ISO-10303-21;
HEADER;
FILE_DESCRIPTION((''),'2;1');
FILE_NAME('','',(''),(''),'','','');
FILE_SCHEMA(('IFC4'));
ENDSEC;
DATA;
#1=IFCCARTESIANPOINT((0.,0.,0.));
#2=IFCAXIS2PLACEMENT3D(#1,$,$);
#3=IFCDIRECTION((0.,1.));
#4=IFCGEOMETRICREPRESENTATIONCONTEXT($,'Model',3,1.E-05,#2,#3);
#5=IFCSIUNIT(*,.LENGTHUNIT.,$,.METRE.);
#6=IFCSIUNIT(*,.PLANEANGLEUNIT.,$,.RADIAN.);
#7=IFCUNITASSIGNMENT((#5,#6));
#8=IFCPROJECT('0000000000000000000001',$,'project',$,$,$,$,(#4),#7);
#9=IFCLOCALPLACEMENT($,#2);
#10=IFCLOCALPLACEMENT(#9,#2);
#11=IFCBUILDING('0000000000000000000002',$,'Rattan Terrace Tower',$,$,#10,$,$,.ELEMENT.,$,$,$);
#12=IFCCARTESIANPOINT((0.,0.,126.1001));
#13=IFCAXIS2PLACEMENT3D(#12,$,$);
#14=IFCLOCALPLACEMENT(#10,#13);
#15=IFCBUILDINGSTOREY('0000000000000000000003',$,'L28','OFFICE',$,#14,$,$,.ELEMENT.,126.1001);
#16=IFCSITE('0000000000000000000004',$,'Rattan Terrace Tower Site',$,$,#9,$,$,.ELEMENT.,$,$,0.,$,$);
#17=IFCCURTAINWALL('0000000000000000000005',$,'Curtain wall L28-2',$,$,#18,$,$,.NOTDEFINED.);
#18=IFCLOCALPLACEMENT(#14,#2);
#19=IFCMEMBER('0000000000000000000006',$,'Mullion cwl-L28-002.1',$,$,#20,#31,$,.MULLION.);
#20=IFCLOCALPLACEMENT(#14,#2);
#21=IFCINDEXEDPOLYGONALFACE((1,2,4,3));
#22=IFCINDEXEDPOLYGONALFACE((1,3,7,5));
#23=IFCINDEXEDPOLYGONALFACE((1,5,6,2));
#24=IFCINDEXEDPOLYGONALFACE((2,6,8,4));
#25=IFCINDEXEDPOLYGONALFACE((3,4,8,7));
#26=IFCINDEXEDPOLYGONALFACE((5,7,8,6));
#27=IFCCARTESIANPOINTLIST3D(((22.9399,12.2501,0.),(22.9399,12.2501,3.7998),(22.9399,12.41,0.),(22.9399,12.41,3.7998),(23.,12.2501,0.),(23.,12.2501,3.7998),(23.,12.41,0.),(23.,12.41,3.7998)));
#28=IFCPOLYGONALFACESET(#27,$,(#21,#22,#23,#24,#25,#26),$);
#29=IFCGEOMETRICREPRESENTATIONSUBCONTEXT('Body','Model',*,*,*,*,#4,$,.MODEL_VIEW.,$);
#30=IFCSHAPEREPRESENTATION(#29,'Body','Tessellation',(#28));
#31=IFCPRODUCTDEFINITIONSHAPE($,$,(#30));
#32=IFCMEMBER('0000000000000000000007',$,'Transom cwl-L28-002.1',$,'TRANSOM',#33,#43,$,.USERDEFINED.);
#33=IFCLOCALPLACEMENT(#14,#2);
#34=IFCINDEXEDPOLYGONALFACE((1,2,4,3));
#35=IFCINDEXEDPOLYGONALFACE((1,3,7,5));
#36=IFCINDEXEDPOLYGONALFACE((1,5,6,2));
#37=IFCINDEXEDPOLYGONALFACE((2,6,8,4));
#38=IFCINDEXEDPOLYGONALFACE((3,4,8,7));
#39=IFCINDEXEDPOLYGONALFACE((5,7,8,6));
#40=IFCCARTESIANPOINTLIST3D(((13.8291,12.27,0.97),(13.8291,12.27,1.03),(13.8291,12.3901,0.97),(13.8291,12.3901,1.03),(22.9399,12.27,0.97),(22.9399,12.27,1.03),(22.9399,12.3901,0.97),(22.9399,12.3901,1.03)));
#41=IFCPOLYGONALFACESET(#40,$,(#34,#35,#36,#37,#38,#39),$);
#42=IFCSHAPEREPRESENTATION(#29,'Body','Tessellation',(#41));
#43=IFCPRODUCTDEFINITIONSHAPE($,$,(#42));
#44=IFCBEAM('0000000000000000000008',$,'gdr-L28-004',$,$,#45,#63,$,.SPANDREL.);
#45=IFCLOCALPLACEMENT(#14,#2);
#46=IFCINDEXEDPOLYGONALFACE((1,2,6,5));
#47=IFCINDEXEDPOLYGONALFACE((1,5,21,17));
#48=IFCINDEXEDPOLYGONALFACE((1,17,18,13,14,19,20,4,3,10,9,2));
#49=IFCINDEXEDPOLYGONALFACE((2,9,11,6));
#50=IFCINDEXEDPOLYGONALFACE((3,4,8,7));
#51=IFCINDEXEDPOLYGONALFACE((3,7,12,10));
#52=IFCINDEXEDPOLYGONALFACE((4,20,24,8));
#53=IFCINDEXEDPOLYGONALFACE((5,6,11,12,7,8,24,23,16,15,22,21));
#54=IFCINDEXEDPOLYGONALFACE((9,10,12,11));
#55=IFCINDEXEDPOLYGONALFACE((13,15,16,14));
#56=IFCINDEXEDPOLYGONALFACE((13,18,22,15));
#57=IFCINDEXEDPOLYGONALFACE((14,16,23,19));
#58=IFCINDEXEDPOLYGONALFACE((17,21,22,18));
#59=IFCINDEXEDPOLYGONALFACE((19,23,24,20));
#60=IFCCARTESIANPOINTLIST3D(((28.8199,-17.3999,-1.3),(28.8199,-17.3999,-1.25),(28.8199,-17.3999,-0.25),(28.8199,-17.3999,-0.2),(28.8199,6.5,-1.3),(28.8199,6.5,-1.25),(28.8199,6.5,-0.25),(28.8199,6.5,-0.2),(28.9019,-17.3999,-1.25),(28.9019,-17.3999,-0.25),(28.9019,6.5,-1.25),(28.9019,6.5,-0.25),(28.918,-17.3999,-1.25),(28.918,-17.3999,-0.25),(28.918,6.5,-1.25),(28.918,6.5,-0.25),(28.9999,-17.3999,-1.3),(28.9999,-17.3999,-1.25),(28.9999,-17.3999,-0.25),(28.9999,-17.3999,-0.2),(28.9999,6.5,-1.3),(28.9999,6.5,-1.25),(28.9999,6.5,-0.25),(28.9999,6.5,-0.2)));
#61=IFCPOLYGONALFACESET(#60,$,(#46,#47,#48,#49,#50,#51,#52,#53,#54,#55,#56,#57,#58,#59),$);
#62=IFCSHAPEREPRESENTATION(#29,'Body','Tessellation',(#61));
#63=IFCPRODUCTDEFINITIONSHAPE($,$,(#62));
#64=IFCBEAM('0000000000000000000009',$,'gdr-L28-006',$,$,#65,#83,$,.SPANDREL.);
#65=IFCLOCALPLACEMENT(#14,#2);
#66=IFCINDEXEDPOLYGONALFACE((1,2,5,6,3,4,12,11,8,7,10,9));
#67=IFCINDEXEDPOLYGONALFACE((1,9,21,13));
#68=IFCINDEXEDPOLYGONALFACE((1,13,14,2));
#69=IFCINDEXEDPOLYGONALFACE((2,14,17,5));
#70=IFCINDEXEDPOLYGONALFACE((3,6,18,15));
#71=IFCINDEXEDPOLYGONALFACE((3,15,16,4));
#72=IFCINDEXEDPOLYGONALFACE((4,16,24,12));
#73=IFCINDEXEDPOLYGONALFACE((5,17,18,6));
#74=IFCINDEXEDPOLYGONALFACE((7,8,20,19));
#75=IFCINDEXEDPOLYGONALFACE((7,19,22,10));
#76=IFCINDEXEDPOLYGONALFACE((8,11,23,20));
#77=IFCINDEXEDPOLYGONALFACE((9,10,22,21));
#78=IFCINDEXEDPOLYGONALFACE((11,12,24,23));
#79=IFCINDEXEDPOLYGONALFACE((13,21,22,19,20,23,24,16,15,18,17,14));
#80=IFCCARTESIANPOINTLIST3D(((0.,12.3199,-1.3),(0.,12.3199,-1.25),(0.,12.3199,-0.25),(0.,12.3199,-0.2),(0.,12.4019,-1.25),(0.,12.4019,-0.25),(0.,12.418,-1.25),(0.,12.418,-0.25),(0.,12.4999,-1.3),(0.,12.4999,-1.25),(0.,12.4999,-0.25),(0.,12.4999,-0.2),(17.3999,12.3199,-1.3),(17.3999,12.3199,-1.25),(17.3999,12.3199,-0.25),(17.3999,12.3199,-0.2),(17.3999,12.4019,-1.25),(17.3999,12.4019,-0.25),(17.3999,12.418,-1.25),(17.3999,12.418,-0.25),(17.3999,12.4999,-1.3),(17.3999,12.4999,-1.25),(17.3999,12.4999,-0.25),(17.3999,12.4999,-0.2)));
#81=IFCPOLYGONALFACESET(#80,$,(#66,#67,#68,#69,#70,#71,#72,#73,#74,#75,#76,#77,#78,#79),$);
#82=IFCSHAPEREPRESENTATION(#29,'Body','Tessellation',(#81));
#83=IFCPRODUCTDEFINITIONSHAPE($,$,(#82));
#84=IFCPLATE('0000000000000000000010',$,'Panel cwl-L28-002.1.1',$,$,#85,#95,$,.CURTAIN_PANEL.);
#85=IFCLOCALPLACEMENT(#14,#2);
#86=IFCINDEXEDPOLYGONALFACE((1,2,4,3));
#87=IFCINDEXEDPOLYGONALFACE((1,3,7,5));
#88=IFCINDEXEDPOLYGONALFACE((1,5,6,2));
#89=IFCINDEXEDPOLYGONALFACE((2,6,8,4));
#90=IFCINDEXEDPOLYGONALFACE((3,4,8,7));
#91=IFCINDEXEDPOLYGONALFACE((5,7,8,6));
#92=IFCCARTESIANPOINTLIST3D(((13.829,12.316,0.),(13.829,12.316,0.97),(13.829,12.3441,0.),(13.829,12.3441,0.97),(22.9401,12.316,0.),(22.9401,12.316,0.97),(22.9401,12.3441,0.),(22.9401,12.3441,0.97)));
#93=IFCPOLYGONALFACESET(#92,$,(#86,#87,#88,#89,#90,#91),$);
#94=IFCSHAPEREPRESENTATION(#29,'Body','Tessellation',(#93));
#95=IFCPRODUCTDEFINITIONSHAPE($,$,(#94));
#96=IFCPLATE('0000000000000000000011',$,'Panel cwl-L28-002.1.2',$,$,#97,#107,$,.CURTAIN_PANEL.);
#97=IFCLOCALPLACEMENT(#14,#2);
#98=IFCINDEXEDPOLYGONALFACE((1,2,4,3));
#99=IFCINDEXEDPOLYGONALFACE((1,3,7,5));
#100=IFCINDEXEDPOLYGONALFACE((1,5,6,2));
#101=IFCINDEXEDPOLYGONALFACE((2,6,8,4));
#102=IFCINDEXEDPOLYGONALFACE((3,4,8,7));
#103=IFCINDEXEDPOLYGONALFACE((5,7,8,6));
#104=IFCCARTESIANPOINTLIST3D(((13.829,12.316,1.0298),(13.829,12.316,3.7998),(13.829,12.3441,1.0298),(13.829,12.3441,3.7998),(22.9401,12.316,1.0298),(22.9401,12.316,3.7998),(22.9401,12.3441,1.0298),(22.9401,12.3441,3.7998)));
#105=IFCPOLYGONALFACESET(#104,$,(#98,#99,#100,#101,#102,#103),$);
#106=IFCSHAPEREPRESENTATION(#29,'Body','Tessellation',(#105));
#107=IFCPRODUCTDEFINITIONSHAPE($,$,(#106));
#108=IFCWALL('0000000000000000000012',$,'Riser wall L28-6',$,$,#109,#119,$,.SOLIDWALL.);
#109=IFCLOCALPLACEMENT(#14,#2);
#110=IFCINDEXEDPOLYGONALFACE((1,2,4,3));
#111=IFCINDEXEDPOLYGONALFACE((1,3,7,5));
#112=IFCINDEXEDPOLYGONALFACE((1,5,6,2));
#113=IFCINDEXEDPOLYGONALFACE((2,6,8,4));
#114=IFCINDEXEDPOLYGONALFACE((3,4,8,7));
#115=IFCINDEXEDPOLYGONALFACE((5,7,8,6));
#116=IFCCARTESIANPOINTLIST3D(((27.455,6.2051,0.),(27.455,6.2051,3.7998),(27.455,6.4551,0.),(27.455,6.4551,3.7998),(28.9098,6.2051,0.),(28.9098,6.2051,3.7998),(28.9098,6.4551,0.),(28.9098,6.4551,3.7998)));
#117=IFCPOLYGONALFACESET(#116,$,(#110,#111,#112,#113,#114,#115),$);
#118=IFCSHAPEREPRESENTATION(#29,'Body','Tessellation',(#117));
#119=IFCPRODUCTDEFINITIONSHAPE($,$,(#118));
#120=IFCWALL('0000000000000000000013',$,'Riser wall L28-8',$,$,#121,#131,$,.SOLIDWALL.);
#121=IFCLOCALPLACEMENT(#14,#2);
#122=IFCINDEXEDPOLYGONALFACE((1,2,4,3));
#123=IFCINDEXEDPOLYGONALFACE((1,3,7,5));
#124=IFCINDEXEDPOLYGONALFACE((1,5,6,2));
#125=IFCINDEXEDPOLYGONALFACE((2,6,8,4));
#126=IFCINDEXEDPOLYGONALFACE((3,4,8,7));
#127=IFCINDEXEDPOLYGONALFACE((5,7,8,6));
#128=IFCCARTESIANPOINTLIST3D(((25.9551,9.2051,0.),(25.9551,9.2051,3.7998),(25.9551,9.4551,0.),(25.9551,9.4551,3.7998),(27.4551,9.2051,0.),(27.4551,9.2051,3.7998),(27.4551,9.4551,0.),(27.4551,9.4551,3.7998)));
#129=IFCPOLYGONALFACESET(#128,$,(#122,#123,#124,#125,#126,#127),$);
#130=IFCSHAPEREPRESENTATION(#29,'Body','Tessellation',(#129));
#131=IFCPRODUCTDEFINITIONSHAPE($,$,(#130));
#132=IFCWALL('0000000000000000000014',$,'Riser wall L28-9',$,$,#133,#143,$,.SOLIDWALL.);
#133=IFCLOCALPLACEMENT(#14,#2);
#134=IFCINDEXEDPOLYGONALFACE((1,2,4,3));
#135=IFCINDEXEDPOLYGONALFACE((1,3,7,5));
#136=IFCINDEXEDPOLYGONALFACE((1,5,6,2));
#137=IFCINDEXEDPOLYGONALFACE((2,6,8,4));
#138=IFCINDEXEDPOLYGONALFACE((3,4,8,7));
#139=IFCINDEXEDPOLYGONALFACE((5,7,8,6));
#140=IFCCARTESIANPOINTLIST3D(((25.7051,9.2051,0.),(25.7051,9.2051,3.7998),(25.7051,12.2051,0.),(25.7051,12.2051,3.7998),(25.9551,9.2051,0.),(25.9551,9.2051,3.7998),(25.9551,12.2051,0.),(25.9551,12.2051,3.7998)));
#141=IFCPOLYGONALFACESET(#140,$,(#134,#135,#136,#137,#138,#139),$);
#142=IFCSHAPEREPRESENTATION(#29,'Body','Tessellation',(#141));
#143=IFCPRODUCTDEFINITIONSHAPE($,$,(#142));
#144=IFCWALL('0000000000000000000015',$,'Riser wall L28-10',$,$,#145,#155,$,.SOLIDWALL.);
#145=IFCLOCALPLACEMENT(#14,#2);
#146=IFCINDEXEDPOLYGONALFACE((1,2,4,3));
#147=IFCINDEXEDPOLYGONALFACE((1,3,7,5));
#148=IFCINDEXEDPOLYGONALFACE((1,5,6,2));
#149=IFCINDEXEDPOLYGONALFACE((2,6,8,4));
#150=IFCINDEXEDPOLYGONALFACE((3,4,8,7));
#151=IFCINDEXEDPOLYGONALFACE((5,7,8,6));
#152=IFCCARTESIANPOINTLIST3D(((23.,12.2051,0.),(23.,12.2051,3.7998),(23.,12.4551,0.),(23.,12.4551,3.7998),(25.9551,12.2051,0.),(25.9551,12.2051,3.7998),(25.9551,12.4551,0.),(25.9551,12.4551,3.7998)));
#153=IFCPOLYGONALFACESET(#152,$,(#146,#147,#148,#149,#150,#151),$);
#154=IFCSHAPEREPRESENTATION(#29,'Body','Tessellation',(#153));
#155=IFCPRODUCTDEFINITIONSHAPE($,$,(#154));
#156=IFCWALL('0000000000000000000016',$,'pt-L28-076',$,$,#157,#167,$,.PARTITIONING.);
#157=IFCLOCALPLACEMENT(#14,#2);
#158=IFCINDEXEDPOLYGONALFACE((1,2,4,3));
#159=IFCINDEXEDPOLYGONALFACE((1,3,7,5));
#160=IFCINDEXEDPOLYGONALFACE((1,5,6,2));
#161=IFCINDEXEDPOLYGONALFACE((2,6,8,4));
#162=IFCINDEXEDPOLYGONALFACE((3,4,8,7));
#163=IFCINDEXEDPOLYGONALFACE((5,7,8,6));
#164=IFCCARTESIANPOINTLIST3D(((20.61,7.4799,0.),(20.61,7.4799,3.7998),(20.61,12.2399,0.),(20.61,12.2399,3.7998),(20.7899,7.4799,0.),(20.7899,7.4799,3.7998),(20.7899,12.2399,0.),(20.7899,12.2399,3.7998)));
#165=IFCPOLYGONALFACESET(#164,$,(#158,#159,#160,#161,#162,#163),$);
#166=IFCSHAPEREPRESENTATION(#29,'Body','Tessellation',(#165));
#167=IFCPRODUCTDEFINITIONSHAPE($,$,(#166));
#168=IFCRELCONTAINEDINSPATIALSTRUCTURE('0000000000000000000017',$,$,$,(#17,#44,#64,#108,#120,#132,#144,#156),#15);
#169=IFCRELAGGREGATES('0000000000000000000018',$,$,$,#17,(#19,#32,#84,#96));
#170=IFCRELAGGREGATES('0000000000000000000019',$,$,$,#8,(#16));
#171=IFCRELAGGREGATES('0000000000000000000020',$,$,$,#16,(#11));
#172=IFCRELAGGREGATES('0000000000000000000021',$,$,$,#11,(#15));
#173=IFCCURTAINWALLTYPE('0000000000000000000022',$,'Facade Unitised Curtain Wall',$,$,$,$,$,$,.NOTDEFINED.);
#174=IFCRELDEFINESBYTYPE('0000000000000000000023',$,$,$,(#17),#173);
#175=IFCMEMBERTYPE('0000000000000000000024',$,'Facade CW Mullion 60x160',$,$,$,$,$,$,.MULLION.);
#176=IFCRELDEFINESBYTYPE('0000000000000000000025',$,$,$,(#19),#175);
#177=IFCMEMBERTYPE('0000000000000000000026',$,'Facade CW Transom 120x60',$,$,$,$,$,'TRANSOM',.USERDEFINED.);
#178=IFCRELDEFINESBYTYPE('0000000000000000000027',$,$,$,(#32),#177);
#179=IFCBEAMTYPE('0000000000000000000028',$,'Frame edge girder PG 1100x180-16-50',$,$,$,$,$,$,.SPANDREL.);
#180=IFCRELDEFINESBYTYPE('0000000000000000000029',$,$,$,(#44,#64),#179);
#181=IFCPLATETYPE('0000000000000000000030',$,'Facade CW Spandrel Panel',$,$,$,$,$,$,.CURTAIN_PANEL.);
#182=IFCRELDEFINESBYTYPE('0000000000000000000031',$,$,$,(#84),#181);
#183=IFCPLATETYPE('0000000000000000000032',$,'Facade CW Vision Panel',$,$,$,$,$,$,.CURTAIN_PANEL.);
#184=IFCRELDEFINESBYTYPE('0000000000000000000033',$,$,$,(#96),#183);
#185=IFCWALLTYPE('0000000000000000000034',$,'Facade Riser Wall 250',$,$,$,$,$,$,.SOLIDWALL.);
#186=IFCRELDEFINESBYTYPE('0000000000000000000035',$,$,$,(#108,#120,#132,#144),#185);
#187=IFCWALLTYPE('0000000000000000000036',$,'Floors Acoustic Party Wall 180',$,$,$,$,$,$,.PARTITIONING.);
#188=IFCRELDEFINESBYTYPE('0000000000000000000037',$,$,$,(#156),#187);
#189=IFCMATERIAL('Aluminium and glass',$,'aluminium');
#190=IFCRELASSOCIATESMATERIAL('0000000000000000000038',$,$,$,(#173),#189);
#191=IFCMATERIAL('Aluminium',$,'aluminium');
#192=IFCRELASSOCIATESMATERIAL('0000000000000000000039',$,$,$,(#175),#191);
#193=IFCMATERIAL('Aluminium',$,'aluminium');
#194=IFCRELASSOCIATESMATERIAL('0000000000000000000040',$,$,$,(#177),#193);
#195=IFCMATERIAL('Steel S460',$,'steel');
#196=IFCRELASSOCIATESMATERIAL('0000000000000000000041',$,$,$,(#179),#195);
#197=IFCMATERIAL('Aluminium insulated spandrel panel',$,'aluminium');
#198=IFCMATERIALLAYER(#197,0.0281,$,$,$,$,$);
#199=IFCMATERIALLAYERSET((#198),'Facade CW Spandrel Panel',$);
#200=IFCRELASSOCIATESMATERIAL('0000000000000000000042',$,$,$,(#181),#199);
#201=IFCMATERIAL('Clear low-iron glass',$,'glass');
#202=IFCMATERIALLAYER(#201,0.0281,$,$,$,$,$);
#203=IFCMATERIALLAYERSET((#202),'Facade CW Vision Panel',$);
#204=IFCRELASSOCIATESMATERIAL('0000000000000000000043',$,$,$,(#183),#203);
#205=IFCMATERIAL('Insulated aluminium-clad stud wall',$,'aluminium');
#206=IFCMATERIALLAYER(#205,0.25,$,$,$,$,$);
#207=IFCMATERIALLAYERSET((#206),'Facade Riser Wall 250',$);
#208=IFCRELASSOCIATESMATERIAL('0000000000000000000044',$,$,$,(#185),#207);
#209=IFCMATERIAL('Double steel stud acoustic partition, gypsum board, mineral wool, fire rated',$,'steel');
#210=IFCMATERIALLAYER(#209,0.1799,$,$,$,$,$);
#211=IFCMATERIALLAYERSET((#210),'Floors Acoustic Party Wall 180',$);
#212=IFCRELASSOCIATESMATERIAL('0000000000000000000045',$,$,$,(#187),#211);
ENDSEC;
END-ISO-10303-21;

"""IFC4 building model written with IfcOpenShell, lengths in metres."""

from ifc_helpers import new_model, si_unit, direction, frame, frame_2d, origin, origin_2d, place, context, subcontext, project, spatial, rectangle, i_section, extrude, material, layer, layer_set, material_profile, profile_set, type_object, element, aggregate, save


model = new_model("IFC4")

# Units and contexts
model_context = context("Model", 3, precision=1e-05, world=origin(), true_north=direction((0.0, 1.0)))
body_context = subcontext(model_context, "Body", "Model", "MODEL_VIEW")
ifc_project = project(units=[si_unit("LENGTHUNIT", "METRE"), si_unit("PLANEANGLEUNIT", "RADIAN")], contexts=[model_context])

# Site, building, storey
site_placement = place(None, origin())
site = spatial("IfcSite", under=ifc_project, at=site_placement, Name="Rattan Terrace Tower Site", CompositionType="ELEMENT", RefElevation=0.0)
building_placement = place(site_placement, origin())
building = spatial("IfcBuilding", under=site, at=building_placement, Name="Rattan Terrace Tower", CompositionType="ELEMENT")
storey_placement = place(building_placement, frame((0.0, 0.0, 126.1001)))
storey = spatial("IfcBuildingStorey", under=building, at=storey_placement, Name="L28", Description="OFFICE", CompositionType="ELEMENT", Elevation=126.1001)

# Curtain wall, members
ifc_material_1 = material(Name="Aluminium and glass", Category="aluminium")
curtain_wall_type = type_object("IfcCurtainWallType", Name="Facade Unitised Curtain Wall", PredefinedType="NOTDEFINED", material=ifc_material_1)
curtain_wall_placement = place(storey_placement, origin())
curtain_wall = element("IfcCurtainWall", 1, at=curtain_wall_placement, inside=storey, type_object=curtain_wall_type, Name="Curtain wall L28-2", PredefinedType="NOTDEFINED")
ifc_material_2 = material(Name="Aluminium", Category="aluminium")
ifc_material_profile_1 = material_profile(ifc_material_2, rectangle(XDim=0.0601, YDim=0.1599, at=origin_2d()), Name="Aluminium 60x160")
ifc_profile_set_1 = profile_set([ifc_material_profile_1], Name="Aluminium")
member_type_1 = type_object("IfcMemberType", Name="Facade CW Mullion 60x160", PredefinedType="MULLION", material=ifc_profile_set_1)
member_1_placement = place(storey_placement, frame((22.97, 12.3301, 0.0), z_axis=(0.0, 0.0, 1.0), x_axis=(-1.0, 0.0, 0.0)))
member_1 = element("IfcMember", 2, at=member_1_placement, type_object=member_type_1, Name="Mullion cwl-L28-002.1", PredefinedType="MULLION", context=body_context, shape_type="SweptSolid", body=[
    extrude(rectangle(XDim=0.0601, YDim=0.1599, at=origin_2d()), origin(), (0.0, 0.0, 1.0), 3.7998),
])
ifc_material_3 = material(Name="Aluminium", Category="aluminium")
ifc_material_profile_2 = material_profile(ifc_material_3, rectangle(XDim=0.1201, YDim=0.0601, at=origin_2d()), Name="Aluminium 120x60")
ifc_profile_set_2 = profile_set([ifc_material_profile_2], Name="Aluminium")
member_type_2 = type_object("IfcMemberType", Name="Facade CW Transom 120x60", ElementType="TRANSOM", PredefinedType="USERDEFINED", material=ifc_profile_set_2)
member_2_placement = place(storey_placement, frame((22.9399, 12.3301, 1.0), z_axis=(-1.0, 0.0, 0.0), x_axis=(0.0, -1.0, 0.0)))
member_2 = element("IfcMember", 3, at=member_2_placement, type_object=member_type_2, Name="Transom cwl-L28-002.1", ObjectType="TRANSOM", PredefinedType="USERDEFINED", context=body_context, shape_type="SweptSolid", body=[
    extrude(rectangle(XDim=0.1201, YDim=0.0601, at=origin_2d()), origin(), (0.0, 0.0, 1.0), 9.1108),
])

# Beams
ifc_material_4 = material(Name="Steel S460", Category="steel")
ifc_material_profile_3 = material_profile(ifc_material_4, i_section(OverallWidth=0.1799, OverallDepth=1.1001, WebThickness=0.0161, FlangeThickness=0.05, at=origin_2d()), Name="PG 1100x180-16-50")
ifc_profile_set_3 = profile_set([ifc_material_profile_3], Name="Steel S460")
beam_type = type_object("IfcBeamType", Name="Frame edge girder PG 1100x180-16-50", PredefinedType="SPANDREL", material=ifc_profile_set_3)
beam_1_placement = place(storey_placement, frame((28.9099, 6.5, -0.75), z_axis=(0.0, -1.0, 0.0), x_axis=(1.0, 0.0, 0.0)))
element("IfcBeam", 4, at=beam_1_placement, inside=storey, type_object=beam_type, Name="gdr-L28-004", PredefinedType="SPANDREL", context=body_context, shape_type="SweptSolid", body=[
    extrude(i_section(OverallWidth=0.1799, OverallDepth=1.1001, WebThickness=0.0161, FlangeThickness=0.05, at=origin_2d()), origin(), (0.0, 0.0, 1.0), 23.8999),
])
beam_2_placement = place(storey_placement, frame((17.3999, 12.4099, -0.75), z_axis=(-1.0, 0.0, 0.0), x_axis=(0.0, -1.0, 0.0)))
element("IfcBeam", 5, at=beam_2_placement, inside=storey, type_object=beam_type, Name="gdr-L28-006", PredefinedType="SPANDREL", context=body_context, shape_type="SweptSolid", body=[
    extrude(i_section(OverallWidth=0.1799, OverallDepth=1.1001, WebThickness=0.0161, FlangeThickness=0.05, at=origin_2d()), origin(), (0.0, 0.0, 1.0), 17.3999),
])

# Plates
ifc_material_5 = material(Name="Aluminium insulated spandrel panel", Category="aluminium")
ifc_layer_1 = layer(ifc_material_5, 0.0281)
ifc_layer_set_1 = layer_set([ifc_layer_1], Name="Facade CW Spandrel Panel")
plate_type_1 = type_object("IfcPlateType", Name="Facade CW Spandrel Panel", PredefinedType="CURTAIN_PANEL", material=ifc_layer_set_1)
plate_1_placement = place(storey_placement, frame((18.3845, 12.3301, 0.0), z_axis=(0.0, 0.0, 1.0), x_axis=(-1.0, 0.0, 0.0)))
plate_1 = element("IfcPlate", 6, at=plate_1_placement, type_object=plate_type_1, Name="Panel cwl-L28-002.1.1", PredefinedType="CURTAIN_PANEL", context=body_context, shape_type="SweptSolid", body=[
    extrude(rectangle(XDim=9.1111, YDim=0.0281, at=origin_2d()), origin(), (0.0, 0.0, 1.0), 0.97),
])
ifc_material_6 = material(Name="Clear low-iron glass", Category="glass")
ifc_layer_2 = layer(ifc_material_6, 0.0281)
ifc_layer_set_2 = layer_set([ifc_layer_2], Name="Facade CW Vision Panel")
plate_type_2 = type_object("IfcPlateType", Name="Facade CW Vision Panel", PredefinedType="CURTAIN_PANEL", material=ifc_layer_set_2)
plate_2_placement = place(storey_placement, frame((18.3845, 12.3301, 1.0298), z_axis=(0.0, 0.0, 1.0), x_axis=(-1.0, 0.0, 0.0)))
plate_2 = element("IfcPlate", 7, at=plate_2_placement, type_object=plate_type_2, Name="Panel cwl-L28-002.1.2", PredefinedType="CURTAIN_PANEL", context=body_context, shape_type="SweptSolid", body=[
    extrude(rectangle(XDim=9.1111, YDim=0.0281, at=origin_2d()), origin(), (0.0, 0.0, 1.0), 2.77),
])
aggregate(curtain_wall, [member_1, member_2, plate_1, plate_2])

# Walls
ifc_material_7 = material(Name="Insulated aluminium-clad stud wall", Category="aluminium")
ifc_layer_3 = layer(ifc_material_7, 0.25)
ifc_layer_set_3 = layer_set([ifc_layer_3], Name="Facade Riser Wall 250")
wall_type_1 = type_object("IfcWallType", Name="Facade Riser Wall 250", PredefinedType="SOLIDWALL", material=ifc_layer_set_3)
wall_1_placement = place(storey_placement, frame((28.9099, 6.3301, 0.0), z_axis=(0.0, 0.0, 1.0), x_axis=(-1.0, 0.0, 0.0)))
element("IfcWall", 8, at=wall_1_placement, inside=storey, type_object=wall_type_1, Name="Riser wall L28-6", PredefinedType="SOLIDWALL", context=body_context, shape_type="SweptSolid", body=[
    extrude(rectangle(XDim=1.4548, YDim=0.25, at=frame_2d((0.7275, 0.0))), origin(), (0.0, 0.0, 1.0), 3.7998),
])
wall_2_placement = place(storey_placement, frame((27.4551, 9.3301, 0.0), z_axis=(0.0, 0.0, 1.0), x_axis=(-1.0, 0.0, 0.0)))
element("IfcWall", 9, at=wall_2_placement, inside=storey, type_object=wall_type_1, Name="Riser wall L28-8", PredefinedType="SOLIDWALL", context=body_context, shape_type="SweptSolid", body=[
    extrude(rectangle(XDim=1.5, YDim=0.25, at=frame_2d((0.75, 0.0))), origin(), (0.0, 0.0, 1.0), 3.7998),
])
wall_3_placement = place(storey_placement, frame((25.8301, 9.2051, 0.0), z_axis=(0.0, 0.0, 1.0), x_axis=(0.0, 1.0, 0.0)))
element("IfcWall", 10, at=wall_3_placement, inside=storey, type_object=wall_type_1, Name="Riser wall L28-9", PredefinedType="SOLIDWALL", context=body_context, shape_type="SweptSolid", body=[
    extrude(rectangle(XDim=3.0, YDim=0.25, at=frame_2d((1.5, 0.0))), origin(), (0.0, 0.0, 1.0), 3.7998),
])
wall_4_placement = place(storey_placement, frame((25.9551, 12.3301, 0.0), z_axis=(0.0, 0.0, 1.0), x_axis=(-1.0, 0.0, 0.0)))
element("IfcWall", 11, at=wall_4_placement, inside=storey, type_object=wall_type_1, Name="Riser wall L28-10", PredefinedType="SOLIDWALL", context=body_context, shape_type="SweptSolid", body=[
    extrude(rectangle(XDim=2.9551, YDim=0.25, at=frame_2d((1.4775, 0.0))), origin(), (0.0, 0.0, 1.0), 3.7998),
])
ifc_material_8 = material(Name="Double steel stud acoustic partition, gypsum board, mineral wool, fire rated", Category="steel")
ifc_layer_4 = layer(ifc_material_8, 0.1799)
ifc_layer_set_4 = layer_set([ifc_layer_4], Name="Floors Acoustic Party Wall 180")
wall_type_2 = type_object("IfcWallType", Name="Floors Acoustic Party Wall 180", PredefinedType="PARTITIONING", material=ifc_layer_set_4)
wall_5_placement = place(storey_placement, frame((20.7, 7.48, 0.0), z_axis=(0.0, 0.0, 1.0), x_axis=(0.0, 1.0, 0.0)))
element("IfcWall", 12, at=wall_5_placement, inside=storey, type_object=wall_type_2, Name="pt-L28-076", PredefinedType="PARTITIONING", context=body_context, shape_type="SweptSolid", body=[
    extrude(rectangle(XDim=4.76, YDim=0.1799, at=frame_2d((2.3799, 0.0))), origin(), (0.0, 0.0, 1.0), 3.7998),
])

save(model, "model.ifc")
